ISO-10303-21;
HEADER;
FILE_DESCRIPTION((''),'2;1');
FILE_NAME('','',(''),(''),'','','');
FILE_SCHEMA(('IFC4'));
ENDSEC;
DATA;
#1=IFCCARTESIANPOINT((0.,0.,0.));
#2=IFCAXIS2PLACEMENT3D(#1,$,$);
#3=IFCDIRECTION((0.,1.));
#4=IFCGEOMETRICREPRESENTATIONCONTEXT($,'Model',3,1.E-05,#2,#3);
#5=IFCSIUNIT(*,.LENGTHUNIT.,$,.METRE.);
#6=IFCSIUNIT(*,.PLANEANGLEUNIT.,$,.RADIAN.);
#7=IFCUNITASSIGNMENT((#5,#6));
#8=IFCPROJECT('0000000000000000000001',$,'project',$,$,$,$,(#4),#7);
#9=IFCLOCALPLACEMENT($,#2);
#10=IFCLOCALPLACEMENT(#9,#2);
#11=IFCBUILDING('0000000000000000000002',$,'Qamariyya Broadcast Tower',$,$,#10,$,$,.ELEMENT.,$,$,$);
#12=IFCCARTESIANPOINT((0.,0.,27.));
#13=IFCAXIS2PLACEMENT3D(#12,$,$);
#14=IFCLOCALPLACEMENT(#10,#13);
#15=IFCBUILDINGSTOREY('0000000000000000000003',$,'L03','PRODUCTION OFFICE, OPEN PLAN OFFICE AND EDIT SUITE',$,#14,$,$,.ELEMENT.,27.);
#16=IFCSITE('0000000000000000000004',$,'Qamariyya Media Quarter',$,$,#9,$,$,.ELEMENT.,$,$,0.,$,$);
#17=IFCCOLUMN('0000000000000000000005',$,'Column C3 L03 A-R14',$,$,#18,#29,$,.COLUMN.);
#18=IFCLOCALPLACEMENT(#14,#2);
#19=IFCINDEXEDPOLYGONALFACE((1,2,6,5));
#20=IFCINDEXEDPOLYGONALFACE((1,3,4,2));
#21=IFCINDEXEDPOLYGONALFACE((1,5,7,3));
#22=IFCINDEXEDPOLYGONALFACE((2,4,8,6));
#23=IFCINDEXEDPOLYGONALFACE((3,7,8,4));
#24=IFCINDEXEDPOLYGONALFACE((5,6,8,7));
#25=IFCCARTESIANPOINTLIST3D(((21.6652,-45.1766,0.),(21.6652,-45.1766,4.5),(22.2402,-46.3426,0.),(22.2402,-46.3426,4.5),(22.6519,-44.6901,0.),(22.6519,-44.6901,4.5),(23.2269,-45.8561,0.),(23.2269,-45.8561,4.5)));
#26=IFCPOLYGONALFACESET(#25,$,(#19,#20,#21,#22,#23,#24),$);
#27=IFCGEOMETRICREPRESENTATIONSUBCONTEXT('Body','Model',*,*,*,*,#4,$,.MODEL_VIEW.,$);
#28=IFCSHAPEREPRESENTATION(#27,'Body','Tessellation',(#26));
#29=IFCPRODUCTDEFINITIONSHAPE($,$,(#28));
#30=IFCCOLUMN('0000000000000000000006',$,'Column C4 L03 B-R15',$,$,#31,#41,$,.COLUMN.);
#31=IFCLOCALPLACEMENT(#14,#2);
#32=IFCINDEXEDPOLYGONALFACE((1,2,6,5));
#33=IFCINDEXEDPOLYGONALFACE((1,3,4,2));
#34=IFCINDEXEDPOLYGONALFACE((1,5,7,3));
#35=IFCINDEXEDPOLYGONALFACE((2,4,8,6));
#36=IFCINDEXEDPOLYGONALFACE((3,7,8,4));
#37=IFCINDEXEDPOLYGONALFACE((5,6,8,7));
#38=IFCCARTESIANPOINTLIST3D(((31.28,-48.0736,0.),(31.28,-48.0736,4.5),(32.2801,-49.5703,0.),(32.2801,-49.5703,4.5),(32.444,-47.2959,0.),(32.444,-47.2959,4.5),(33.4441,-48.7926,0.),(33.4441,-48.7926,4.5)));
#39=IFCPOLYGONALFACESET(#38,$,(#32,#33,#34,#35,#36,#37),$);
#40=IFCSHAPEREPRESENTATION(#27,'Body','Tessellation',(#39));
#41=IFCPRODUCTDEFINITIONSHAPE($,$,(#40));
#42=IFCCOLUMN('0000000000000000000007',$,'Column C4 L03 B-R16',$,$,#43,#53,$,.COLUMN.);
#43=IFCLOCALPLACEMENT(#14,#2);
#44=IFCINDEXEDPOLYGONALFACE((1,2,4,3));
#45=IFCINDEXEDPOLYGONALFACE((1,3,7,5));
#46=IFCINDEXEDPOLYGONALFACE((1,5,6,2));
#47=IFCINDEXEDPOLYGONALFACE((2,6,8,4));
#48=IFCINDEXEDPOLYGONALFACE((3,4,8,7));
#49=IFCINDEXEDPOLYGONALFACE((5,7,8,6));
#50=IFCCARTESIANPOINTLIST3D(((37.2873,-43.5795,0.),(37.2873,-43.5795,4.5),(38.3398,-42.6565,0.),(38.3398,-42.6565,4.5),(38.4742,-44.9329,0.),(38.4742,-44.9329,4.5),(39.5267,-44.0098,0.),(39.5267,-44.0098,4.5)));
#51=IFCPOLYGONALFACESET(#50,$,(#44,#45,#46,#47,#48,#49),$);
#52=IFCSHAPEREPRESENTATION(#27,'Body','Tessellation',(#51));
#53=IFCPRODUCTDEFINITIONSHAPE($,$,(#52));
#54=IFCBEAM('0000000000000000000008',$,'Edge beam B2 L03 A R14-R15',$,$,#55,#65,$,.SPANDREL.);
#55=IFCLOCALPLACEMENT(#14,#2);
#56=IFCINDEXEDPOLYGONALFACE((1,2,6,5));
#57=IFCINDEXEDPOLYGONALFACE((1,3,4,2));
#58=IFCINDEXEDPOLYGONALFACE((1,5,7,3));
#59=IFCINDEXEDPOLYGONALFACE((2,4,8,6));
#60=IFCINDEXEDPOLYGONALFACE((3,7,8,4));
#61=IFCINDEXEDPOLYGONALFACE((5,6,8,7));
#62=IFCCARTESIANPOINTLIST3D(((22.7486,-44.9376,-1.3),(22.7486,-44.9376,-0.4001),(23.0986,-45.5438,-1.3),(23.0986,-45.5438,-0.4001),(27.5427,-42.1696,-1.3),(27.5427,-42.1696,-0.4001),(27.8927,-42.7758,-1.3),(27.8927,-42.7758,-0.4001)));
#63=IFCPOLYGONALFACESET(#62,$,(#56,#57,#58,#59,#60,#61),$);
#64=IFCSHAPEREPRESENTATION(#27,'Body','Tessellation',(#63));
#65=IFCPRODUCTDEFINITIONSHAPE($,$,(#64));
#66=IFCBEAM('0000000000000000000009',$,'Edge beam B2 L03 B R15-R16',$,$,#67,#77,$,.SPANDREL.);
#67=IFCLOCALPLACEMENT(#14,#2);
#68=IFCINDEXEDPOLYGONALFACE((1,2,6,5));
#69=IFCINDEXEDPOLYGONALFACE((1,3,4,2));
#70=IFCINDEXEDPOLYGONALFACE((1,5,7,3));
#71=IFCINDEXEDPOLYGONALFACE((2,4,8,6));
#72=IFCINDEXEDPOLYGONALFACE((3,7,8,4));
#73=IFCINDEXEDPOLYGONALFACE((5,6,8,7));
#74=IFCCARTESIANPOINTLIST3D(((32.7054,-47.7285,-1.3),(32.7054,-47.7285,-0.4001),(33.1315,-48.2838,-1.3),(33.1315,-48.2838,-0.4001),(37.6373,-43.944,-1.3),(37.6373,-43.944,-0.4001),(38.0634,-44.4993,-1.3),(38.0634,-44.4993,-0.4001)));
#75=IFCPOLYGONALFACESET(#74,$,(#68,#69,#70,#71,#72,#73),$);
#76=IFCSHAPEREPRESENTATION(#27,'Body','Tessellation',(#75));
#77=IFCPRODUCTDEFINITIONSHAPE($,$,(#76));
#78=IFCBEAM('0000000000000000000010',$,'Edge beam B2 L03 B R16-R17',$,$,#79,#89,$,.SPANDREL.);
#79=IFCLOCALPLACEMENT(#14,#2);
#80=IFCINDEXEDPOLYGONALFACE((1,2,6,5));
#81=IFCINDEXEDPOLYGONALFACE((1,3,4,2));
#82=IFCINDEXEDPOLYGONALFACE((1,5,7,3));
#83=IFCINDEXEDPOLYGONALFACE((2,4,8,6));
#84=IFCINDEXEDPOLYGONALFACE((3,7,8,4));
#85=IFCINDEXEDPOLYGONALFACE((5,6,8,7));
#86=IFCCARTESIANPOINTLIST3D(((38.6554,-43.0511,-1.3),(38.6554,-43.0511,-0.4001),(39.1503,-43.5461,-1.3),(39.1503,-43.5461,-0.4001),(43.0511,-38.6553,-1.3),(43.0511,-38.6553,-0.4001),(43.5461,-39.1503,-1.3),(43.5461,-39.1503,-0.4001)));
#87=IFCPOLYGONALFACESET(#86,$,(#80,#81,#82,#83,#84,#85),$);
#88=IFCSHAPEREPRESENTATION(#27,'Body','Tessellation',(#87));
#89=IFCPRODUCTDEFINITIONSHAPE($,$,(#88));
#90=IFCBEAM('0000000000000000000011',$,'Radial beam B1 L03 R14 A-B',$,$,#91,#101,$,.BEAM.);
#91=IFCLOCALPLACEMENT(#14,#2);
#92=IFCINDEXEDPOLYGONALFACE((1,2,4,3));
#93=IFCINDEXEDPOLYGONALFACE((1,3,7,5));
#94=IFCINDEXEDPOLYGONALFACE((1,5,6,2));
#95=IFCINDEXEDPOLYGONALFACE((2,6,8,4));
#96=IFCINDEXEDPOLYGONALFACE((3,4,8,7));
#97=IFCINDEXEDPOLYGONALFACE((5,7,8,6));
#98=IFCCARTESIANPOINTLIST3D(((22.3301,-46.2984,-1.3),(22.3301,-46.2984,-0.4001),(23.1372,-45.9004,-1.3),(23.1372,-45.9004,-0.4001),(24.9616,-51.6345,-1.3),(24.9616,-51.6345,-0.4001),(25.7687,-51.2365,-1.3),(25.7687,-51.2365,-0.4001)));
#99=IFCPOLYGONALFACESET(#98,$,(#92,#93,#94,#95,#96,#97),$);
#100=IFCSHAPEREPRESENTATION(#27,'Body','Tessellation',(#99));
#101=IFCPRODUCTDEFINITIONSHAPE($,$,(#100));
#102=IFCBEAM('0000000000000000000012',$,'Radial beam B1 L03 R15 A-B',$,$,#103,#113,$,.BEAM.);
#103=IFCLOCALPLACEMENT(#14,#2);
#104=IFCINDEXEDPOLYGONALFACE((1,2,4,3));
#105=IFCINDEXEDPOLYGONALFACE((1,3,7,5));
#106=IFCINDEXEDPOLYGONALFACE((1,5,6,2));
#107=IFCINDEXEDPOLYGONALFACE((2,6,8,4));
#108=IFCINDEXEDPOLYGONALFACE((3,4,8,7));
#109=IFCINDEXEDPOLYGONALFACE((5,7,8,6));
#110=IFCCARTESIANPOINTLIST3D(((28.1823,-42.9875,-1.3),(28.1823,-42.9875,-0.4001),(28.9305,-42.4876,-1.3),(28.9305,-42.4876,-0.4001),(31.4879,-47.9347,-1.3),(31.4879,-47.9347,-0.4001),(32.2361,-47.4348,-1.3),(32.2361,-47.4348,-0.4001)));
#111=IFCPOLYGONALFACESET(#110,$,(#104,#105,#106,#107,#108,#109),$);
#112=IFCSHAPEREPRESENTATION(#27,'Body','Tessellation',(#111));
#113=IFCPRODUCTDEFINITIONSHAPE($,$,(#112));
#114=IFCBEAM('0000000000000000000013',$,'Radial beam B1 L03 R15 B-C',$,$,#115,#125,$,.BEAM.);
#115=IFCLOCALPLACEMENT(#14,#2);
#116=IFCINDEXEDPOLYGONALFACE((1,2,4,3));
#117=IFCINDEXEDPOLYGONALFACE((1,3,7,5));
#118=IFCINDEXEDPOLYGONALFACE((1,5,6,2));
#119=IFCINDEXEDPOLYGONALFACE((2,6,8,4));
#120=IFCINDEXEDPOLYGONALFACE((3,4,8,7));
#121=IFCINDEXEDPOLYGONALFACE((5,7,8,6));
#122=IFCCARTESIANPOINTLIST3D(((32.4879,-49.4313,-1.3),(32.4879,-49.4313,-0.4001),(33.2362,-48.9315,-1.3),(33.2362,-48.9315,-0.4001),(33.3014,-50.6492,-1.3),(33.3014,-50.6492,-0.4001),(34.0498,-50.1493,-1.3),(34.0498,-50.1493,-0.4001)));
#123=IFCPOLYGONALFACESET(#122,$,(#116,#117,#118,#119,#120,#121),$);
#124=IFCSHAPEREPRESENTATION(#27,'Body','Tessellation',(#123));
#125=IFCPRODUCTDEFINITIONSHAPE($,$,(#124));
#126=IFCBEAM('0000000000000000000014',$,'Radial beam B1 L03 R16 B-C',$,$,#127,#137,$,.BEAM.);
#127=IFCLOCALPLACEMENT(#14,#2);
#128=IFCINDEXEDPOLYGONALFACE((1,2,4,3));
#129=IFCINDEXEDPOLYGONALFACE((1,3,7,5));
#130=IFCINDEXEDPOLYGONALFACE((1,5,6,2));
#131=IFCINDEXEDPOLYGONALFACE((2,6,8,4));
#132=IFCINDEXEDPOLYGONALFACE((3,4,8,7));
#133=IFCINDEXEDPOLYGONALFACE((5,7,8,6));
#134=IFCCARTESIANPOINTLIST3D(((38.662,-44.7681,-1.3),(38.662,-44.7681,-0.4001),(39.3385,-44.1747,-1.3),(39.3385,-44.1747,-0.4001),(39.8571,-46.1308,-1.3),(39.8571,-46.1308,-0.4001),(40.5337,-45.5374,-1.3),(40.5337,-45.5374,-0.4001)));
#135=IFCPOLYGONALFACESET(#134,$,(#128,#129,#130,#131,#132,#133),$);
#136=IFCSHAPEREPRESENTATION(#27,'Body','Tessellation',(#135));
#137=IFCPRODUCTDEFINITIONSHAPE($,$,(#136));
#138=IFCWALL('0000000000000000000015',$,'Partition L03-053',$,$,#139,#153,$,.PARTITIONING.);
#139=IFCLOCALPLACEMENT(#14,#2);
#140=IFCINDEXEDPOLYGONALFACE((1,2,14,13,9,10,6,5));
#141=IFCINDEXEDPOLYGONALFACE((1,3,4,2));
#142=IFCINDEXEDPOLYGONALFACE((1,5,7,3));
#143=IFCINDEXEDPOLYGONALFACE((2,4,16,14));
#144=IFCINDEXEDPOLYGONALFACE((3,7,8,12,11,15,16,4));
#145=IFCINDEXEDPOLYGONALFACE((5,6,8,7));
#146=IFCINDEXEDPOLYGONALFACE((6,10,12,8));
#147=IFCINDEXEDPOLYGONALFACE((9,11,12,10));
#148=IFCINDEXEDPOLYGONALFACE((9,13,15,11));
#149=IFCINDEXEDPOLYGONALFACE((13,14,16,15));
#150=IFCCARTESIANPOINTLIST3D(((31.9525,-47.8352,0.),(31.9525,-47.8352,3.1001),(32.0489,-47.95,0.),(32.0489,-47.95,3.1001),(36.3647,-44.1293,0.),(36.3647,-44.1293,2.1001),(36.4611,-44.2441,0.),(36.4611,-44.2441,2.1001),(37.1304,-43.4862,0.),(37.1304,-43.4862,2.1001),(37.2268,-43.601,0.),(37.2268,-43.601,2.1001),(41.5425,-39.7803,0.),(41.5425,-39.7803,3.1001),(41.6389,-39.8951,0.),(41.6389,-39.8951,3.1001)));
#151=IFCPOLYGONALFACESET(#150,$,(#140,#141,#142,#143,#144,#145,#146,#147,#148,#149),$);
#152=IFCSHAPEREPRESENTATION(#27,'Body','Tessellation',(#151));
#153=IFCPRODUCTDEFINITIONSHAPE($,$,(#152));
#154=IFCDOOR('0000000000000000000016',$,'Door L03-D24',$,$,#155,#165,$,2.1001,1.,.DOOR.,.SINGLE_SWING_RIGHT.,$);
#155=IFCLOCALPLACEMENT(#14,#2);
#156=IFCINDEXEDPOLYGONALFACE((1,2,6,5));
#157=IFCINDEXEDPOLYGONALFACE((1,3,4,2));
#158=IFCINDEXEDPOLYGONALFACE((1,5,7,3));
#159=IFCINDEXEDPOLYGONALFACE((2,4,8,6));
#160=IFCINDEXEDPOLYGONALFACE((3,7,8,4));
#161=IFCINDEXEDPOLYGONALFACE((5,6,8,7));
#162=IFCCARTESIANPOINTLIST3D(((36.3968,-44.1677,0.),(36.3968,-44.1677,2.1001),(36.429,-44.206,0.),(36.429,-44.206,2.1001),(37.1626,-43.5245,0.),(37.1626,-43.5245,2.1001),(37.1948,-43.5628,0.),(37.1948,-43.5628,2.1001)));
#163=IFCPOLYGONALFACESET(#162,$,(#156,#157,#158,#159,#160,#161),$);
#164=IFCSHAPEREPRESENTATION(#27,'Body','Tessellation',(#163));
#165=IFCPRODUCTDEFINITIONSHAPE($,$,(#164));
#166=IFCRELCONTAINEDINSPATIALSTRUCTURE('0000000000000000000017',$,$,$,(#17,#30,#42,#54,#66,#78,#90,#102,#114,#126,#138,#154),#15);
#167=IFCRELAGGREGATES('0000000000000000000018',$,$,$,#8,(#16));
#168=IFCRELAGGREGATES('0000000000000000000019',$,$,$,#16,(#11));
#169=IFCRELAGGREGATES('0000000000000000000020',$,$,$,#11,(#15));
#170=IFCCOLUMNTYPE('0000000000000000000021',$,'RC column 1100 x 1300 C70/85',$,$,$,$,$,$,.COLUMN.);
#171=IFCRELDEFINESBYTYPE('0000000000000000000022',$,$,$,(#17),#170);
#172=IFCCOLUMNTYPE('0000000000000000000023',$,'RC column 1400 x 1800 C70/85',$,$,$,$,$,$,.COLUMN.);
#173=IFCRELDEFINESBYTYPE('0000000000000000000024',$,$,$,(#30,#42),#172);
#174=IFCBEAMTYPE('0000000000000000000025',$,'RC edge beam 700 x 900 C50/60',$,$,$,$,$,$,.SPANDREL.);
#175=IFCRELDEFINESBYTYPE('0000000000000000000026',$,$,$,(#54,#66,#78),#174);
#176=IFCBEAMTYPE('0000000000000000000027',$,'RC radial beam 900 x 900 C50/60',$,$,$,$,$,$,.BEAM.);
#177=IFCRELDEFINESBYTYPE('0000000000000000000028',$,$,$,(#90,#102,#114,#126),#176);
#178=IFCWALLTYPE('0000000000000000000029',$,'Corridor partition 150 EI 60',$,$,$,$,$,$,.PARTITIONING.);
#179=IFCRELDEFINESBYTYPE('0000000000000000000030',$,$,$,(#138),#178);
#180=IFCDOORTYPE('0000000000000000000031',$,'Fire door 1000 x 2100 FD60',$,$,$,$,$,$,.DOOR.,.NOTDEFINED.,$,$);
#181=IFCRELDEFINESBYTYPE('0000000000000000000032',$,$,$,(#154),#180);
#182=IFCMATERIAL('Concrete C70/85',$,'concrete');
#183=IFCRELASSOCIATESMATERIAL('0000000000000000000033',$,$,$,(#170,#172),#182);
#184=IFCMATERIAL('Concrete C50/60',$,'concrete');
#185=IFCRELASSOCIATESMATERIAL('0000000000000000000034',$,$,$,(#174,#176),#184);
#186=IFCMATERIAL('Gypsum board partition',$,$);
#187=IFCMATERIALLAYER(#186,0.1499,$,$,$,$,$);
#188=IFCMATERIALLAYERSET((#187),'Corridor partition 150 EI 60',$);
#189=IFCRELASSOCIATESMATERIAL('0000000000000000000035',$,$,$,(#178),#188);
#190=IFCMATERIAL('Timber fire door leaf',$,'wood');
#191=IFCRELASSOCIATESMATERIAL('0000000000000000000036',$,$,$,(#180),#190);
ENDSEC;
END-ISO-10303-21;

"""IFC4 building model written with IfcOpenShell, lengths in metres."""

from ifc_helpers import new_model, si_unit, direction, frame, frame_2d, origin, origin_2d, place, context, subcontext, project, spatial, rectangle, extrude, material, layer, layer_set, material_profile, profile_set, type_object, element, fill, save


model = new_model("IFC4")

# Units and contexts
model_context = context("Model", 3, precision=1e-05, world=origin(), true_north=direction((0.0, 1.0)))
body_context = subcontext(model_context, "Body", "Model", "MODEL_VIEW")
ifc_project = project(units=[si_unit("LENGTHUNIT", "METRE"), si_unit("PLANEANGLEUNIT", "RADIAN")], contexts=[model_context])

# Site, building, storey
site_placement = place(None, origin())
site = spatial("IfcSite", under=ifc_project, at=site_placement, Name="Qamariyya Media Quarter", CompositionType="ELEMENT", RefElevation=0.0)
building_placement = place(site_placement, origin())
building = spatial("IfcBuilding", under=site, at=building_placement, Name="Qamariyya Broadcast Tower", CompositionType="ELEMENT")
storey_placement = place(building_placement, frame((0.0, 0.0, 27.0)))
storey = spatial("IfcBuildingStorey", under=building, at=storey_placement, Name="L03", Description="PRODUCTION OFFICE, OPEN PLAN OFFICE AND EDIT SUITE", CompositionType="ELEMENT", Elevation=27.0)

# Columns
ifc_material_1 = material(Name="Concrete C70/85", Category="concrete")
ifc_material_profile_1 = material_profile(ifc_material_1, rectangle(XDim=1.1001, YDim=1.3, at=origin_2d()))
ifc_profile_set_1 = profile_set([ifc_material_profile_1], Name="Concrete C70/85")
column_type_1 = type_object("IfcColumnType", Name="RC column 1100 x 1300 C70/85", PredefinedType="COLUMN", material=ifc_profile_set_1)
column_placement = place(storey_placement, frame((22.446, -45.5164, 0.0), z_axis=(0.0, 0.0, 1.0), x_axis=(0.896873, 0.442289, 0.0)))
element("IfcColumn", 1, at=column_placement, inside=storey, type_object=column_type_1, Name="Column C3 L03 A-R14", PredefinedType="COLUMN", context=body_context, shape_type="SweptSolid", body=[
    extrude(rectangle(XDim=1.1001, YDim=1.3, at=origin_2d()), origin(), (0.0, 0.0, 1.0), 4.5),
])
ifc_material_profile_2 = material_profile(ifc_material_1, rectangle(XDim=1.3999, YDim=1.8, at=origin_2d()))
ifc_profile_set_2 = profile_set([ifc_material_profile_2], Name="Concrete C70/85")
column_type_2 = type_object("IfcColumnType", Name="RC column 1400 x 1800 C70/85", PredefinedType="COLUMN", material=ifc_profile_set_2)
for number, where, z_axis, x_axis, name in (
    (2, (32.3621, -48.4331, 0.0), (0.0, 0.0, 1.0), (0.83147, 0.55557, 0.0), "Column C4 L03 B-R15"),
    (3, (38.407, -43.7947, 0.0), (0.0, 0.0, 1.0), (0.75184, 0.659346, 0.0), "Column C4 L03 B-R16"),
):
    element("IfcColumn", number, at=place(storey_placement, frame(where, z_axis=z_axis, x_axis=x_axis)), inside=storey, type_object=column_type_2, Name=name, PredefinedType="COLUMN", context=body_context, shape_type="SweptSolid", body=[
        extrude(rectangle(XDim=1.3999, YDim=1.8, at=origin_2d()), origin(), (0.0, 0.0, 1.0), 4.5),
    ])

# Beams
ifc_material_2 = material(Name="Concrete C50/60", Category="concrete")
ifc_material_profile_3 = material_profile(ifc_material_2, rectangle(XDim=0.7, YDim=0.8999, at=origin_2d()))
ifc_profile_set_3 = profile_set([ifc_material_profile_3], Name="Concrete C50/60")
beam_type_1 = type_object("IfcBeamType", Name="RC edge beam 700 x 900 C50/60", PredefinedType="SPANDREL", material=ifc_profile_set_3)
beam_1_placement = place(storey_placement, frame((22.9236, -45.2407, -0.8501), z_axis=(0.866014, 0.500019, 0.0), x_axis=(-0.500019, 0.866014, 0.0)))
element("IfcBeam", 4, at=beam_1_placement, inside=storey, type_object=beam_type_1, Name="Edge beam B2 L03 A R14-R15", PredefinedType="SPANDREL", context=body_context, shape_type="SweptSolid", body=[
    extrude(rectangle(XDim=0.7, YDim=0.8999, at=origin_2d()), origin(), (0.0, 0.0, 1.0), 5.5359),
])
for number, where, z_axis, x_axis, name in (
    (5, (32.9185, -48.0061, -0.8501), (0.793349, 0.608767, 0.0), (-0.608767, 0.793349, 0.0), "Edge beam B2 L03 B R15-R16"),
    (6, (38.9028, -43.2986, -0.8501), (0.707107, 0.707107, 0.0), (-0.707107, 0.707107, 0.0), "Edge beam B2 L03 B R16-R17"),
):
    element("IfcBeam", number, at=place(storey_placement, frame(where, z_axis=z_axis, x_axis=x_axis)), inside=storey, type_object=beam_type_1, Name=name, PredefinedType="SPANDREL", context=body_context, shape_type="SweptSolid", body=[
        extrude(rectangle(XDim=0.7, YDim=0.8999, at=origin_2d()), origin(), (0.0, 0.0, 1.0), 6.2166),
    ])
ifc_material_profile_4 = material_profile(ifc_material_2, rectangle(XDim=0.8999, YDim=0.8999, at=origin_2d()))
ifc_profile_set_4 = profile_set([ifc_material_profile_4], Name="Concrete C50/60")
beam_type_2 = type_object("IfcBeamType", Name="RC radial beam 900 x 900 C50/60", PredefinedType="BEAM", material=ifc_profile_set_4)
beam_2_placement = place(storey_placement, frame((22.7336, -46.0994, -0.8501), z_axis=(0.442299, -0.896868, 0.0), x_axis=(0.896868, 0.442299, 0.0)))
element("IfcBeam", 7, at=beam_2_placement, inside=storey, type_object=beam_type_2, Name="Radial beam B1 L03 R14 A-B", PredefinedType="BEAM", context=body_context, shape_type="SweptSolid", body=[
    extrude(rectangle(XDim=0.8999, YDim=0.8999, at=origin_2d()), origin(), (0.0, 0.0, 1.0), 5.9497),
])
beam_3_placement = place(storey_placement, frame((28.5564, -42.7375, -0.8501), z_axis=(0.555571, -0.831469, 0.0), x_axis=(0.831469, 0.555571, 0.0)))
element("IfcBeam", 8, at=beam_3_placement, inside=storey, type_object=beam_type_2, Name="Radial beam B1 L03 R15 A-B", PredefinedType="BEAM", context=body_context, shape_type="SweptSolid", body=[
    extrude(rectangle(XDim=0.8999, YDim=0.8999, at=origin_2d()), origin(), (0.0, 0.0, 1.0), 5.95),
])
beam_4_placement = place(storey_placement, frame((32.8621, -49.1814, -0.8501), z_axis=(0.555469, -0.831537, 0.0), x_axis=(0.831537, 0.555469, 0.0)))
element("IfcBeam", 9, at=beam_4_placement, inside=storey, type_object=beam_type_2, Name="Radial beam B1 L03 R15 B-C", PredefinedType="BEAM", context=body_context, shape_type="SweptSolid", body=[
    extrude(rectangle(XDim=0.8999, YDim=0.8999, at=origin_2d()), origin(), (0.0, 0.0, 1.0), 1.4646),
])
beam_5_placement = place(storey_placement, frame((39.0002, -44.4714, -0.8501), z_axis=(0.659391, -0.7518, 0.0), x_axis=(0.7518, 0.659391, 0.0)))
element("IfcBeam", 10, at=beam_5_placement, inside=storey, type_object=beam_type_2, Name="Radial beam B1 L03 R16 B-C", PredefinedType="BEAM", context=body_context, shape_type="SweptSolid", body=[
    extrude(rectangle(XDim=0.8999, YDim=0.8999, at=origin_2d()), origin(), (0.0, 0.0, 1.0), 1.8125),
])

# Wall, opening, door
ifc_material_3 = material(Name="Gypsum board partition")
ifc_layer = layer(ifc_material_3, 0.1499)
ifc_layer_set = layer_set([ifc_layer], Name="Corridor partition 150 EI 60")
wall_type = type_object("IfcWallType", Name="Corridor partition 150 EI 60", PredefinedType="PARTITIONING", material=ifc_layer_set)
wall_placement = place(storey_placement, frame((32.0007, -47.8926, 0.0), z_axis=(0.0, 0.0, 1.0), x_axis=(0.765734, 0.643157, 0.0)))
wall = element("IfcWall", 11, at=wall_placement, inside=storey, type_object=wall_type, Name="Partition L03-053", PredefinedType="PARTITIONING", context=body_context, shape_type="SweptSolid", body=[
    extrude(rectangle(XDim=12.5239, YDim=0.1499, at=frame_2d((6.262, 0.0))), origin(), (0.0, 0.0, 1.0), 3.1001),
])
opening_placement = place(wall_placement, frame((5.762, 0.0, 0.0)))
opening = element("IfcOpeningElement", 12, at=opening_placement, cuts=wall, PredefinedType="OPENING", context=body_context, shape_type="SweptSolid", body=[
    extrude(rectangle(XDim=1.0, YDim=2.1001, at=frame_2d((0.5, 1.05))), frame((0.0, 0.085, 0.0), z_axis=(0.0, -1.0, 0.0), x_axis=(1.0, 0.0, 0.0)), (0.0, 0.0, 1.0), 0.1699),
])
ifc_material_4 = material(Name="Timber fire door leaf", Category="wood")
door_type = type_object("IfcDoorType", Name="Fire door 1000 x 2100 FD60", OperationType="NOTDEFINED", PredefinedType="DOOR", material=ifc_material_4)
door_placement = place(opening_placement, origin())
door = element("IfcDoor", 13, at=door_placement, inside=storey, type_object=door_type, Name="Door L03-D24", OperationType="SINGLE_SWING_RIGHT", OverallHeight=2.1001, OverallWidth=1.0, PredefinedType="DOOR", context=body_context, shape_type="SweptSolid", body=[
    extrude(rectangle(XDim=1.0, YDim=2.1001, at=frame_2d((0.5, 1.05))), frame((0.0, 0.0249, 0.0), z_axis=(0.0, -1.0, 0.0), x_axis=(1.0, 0.0, 0.0)), (0.0, 0.0, 1.0), 0.05),
])
fill(opening, door)

save(model, "model.ifc")
